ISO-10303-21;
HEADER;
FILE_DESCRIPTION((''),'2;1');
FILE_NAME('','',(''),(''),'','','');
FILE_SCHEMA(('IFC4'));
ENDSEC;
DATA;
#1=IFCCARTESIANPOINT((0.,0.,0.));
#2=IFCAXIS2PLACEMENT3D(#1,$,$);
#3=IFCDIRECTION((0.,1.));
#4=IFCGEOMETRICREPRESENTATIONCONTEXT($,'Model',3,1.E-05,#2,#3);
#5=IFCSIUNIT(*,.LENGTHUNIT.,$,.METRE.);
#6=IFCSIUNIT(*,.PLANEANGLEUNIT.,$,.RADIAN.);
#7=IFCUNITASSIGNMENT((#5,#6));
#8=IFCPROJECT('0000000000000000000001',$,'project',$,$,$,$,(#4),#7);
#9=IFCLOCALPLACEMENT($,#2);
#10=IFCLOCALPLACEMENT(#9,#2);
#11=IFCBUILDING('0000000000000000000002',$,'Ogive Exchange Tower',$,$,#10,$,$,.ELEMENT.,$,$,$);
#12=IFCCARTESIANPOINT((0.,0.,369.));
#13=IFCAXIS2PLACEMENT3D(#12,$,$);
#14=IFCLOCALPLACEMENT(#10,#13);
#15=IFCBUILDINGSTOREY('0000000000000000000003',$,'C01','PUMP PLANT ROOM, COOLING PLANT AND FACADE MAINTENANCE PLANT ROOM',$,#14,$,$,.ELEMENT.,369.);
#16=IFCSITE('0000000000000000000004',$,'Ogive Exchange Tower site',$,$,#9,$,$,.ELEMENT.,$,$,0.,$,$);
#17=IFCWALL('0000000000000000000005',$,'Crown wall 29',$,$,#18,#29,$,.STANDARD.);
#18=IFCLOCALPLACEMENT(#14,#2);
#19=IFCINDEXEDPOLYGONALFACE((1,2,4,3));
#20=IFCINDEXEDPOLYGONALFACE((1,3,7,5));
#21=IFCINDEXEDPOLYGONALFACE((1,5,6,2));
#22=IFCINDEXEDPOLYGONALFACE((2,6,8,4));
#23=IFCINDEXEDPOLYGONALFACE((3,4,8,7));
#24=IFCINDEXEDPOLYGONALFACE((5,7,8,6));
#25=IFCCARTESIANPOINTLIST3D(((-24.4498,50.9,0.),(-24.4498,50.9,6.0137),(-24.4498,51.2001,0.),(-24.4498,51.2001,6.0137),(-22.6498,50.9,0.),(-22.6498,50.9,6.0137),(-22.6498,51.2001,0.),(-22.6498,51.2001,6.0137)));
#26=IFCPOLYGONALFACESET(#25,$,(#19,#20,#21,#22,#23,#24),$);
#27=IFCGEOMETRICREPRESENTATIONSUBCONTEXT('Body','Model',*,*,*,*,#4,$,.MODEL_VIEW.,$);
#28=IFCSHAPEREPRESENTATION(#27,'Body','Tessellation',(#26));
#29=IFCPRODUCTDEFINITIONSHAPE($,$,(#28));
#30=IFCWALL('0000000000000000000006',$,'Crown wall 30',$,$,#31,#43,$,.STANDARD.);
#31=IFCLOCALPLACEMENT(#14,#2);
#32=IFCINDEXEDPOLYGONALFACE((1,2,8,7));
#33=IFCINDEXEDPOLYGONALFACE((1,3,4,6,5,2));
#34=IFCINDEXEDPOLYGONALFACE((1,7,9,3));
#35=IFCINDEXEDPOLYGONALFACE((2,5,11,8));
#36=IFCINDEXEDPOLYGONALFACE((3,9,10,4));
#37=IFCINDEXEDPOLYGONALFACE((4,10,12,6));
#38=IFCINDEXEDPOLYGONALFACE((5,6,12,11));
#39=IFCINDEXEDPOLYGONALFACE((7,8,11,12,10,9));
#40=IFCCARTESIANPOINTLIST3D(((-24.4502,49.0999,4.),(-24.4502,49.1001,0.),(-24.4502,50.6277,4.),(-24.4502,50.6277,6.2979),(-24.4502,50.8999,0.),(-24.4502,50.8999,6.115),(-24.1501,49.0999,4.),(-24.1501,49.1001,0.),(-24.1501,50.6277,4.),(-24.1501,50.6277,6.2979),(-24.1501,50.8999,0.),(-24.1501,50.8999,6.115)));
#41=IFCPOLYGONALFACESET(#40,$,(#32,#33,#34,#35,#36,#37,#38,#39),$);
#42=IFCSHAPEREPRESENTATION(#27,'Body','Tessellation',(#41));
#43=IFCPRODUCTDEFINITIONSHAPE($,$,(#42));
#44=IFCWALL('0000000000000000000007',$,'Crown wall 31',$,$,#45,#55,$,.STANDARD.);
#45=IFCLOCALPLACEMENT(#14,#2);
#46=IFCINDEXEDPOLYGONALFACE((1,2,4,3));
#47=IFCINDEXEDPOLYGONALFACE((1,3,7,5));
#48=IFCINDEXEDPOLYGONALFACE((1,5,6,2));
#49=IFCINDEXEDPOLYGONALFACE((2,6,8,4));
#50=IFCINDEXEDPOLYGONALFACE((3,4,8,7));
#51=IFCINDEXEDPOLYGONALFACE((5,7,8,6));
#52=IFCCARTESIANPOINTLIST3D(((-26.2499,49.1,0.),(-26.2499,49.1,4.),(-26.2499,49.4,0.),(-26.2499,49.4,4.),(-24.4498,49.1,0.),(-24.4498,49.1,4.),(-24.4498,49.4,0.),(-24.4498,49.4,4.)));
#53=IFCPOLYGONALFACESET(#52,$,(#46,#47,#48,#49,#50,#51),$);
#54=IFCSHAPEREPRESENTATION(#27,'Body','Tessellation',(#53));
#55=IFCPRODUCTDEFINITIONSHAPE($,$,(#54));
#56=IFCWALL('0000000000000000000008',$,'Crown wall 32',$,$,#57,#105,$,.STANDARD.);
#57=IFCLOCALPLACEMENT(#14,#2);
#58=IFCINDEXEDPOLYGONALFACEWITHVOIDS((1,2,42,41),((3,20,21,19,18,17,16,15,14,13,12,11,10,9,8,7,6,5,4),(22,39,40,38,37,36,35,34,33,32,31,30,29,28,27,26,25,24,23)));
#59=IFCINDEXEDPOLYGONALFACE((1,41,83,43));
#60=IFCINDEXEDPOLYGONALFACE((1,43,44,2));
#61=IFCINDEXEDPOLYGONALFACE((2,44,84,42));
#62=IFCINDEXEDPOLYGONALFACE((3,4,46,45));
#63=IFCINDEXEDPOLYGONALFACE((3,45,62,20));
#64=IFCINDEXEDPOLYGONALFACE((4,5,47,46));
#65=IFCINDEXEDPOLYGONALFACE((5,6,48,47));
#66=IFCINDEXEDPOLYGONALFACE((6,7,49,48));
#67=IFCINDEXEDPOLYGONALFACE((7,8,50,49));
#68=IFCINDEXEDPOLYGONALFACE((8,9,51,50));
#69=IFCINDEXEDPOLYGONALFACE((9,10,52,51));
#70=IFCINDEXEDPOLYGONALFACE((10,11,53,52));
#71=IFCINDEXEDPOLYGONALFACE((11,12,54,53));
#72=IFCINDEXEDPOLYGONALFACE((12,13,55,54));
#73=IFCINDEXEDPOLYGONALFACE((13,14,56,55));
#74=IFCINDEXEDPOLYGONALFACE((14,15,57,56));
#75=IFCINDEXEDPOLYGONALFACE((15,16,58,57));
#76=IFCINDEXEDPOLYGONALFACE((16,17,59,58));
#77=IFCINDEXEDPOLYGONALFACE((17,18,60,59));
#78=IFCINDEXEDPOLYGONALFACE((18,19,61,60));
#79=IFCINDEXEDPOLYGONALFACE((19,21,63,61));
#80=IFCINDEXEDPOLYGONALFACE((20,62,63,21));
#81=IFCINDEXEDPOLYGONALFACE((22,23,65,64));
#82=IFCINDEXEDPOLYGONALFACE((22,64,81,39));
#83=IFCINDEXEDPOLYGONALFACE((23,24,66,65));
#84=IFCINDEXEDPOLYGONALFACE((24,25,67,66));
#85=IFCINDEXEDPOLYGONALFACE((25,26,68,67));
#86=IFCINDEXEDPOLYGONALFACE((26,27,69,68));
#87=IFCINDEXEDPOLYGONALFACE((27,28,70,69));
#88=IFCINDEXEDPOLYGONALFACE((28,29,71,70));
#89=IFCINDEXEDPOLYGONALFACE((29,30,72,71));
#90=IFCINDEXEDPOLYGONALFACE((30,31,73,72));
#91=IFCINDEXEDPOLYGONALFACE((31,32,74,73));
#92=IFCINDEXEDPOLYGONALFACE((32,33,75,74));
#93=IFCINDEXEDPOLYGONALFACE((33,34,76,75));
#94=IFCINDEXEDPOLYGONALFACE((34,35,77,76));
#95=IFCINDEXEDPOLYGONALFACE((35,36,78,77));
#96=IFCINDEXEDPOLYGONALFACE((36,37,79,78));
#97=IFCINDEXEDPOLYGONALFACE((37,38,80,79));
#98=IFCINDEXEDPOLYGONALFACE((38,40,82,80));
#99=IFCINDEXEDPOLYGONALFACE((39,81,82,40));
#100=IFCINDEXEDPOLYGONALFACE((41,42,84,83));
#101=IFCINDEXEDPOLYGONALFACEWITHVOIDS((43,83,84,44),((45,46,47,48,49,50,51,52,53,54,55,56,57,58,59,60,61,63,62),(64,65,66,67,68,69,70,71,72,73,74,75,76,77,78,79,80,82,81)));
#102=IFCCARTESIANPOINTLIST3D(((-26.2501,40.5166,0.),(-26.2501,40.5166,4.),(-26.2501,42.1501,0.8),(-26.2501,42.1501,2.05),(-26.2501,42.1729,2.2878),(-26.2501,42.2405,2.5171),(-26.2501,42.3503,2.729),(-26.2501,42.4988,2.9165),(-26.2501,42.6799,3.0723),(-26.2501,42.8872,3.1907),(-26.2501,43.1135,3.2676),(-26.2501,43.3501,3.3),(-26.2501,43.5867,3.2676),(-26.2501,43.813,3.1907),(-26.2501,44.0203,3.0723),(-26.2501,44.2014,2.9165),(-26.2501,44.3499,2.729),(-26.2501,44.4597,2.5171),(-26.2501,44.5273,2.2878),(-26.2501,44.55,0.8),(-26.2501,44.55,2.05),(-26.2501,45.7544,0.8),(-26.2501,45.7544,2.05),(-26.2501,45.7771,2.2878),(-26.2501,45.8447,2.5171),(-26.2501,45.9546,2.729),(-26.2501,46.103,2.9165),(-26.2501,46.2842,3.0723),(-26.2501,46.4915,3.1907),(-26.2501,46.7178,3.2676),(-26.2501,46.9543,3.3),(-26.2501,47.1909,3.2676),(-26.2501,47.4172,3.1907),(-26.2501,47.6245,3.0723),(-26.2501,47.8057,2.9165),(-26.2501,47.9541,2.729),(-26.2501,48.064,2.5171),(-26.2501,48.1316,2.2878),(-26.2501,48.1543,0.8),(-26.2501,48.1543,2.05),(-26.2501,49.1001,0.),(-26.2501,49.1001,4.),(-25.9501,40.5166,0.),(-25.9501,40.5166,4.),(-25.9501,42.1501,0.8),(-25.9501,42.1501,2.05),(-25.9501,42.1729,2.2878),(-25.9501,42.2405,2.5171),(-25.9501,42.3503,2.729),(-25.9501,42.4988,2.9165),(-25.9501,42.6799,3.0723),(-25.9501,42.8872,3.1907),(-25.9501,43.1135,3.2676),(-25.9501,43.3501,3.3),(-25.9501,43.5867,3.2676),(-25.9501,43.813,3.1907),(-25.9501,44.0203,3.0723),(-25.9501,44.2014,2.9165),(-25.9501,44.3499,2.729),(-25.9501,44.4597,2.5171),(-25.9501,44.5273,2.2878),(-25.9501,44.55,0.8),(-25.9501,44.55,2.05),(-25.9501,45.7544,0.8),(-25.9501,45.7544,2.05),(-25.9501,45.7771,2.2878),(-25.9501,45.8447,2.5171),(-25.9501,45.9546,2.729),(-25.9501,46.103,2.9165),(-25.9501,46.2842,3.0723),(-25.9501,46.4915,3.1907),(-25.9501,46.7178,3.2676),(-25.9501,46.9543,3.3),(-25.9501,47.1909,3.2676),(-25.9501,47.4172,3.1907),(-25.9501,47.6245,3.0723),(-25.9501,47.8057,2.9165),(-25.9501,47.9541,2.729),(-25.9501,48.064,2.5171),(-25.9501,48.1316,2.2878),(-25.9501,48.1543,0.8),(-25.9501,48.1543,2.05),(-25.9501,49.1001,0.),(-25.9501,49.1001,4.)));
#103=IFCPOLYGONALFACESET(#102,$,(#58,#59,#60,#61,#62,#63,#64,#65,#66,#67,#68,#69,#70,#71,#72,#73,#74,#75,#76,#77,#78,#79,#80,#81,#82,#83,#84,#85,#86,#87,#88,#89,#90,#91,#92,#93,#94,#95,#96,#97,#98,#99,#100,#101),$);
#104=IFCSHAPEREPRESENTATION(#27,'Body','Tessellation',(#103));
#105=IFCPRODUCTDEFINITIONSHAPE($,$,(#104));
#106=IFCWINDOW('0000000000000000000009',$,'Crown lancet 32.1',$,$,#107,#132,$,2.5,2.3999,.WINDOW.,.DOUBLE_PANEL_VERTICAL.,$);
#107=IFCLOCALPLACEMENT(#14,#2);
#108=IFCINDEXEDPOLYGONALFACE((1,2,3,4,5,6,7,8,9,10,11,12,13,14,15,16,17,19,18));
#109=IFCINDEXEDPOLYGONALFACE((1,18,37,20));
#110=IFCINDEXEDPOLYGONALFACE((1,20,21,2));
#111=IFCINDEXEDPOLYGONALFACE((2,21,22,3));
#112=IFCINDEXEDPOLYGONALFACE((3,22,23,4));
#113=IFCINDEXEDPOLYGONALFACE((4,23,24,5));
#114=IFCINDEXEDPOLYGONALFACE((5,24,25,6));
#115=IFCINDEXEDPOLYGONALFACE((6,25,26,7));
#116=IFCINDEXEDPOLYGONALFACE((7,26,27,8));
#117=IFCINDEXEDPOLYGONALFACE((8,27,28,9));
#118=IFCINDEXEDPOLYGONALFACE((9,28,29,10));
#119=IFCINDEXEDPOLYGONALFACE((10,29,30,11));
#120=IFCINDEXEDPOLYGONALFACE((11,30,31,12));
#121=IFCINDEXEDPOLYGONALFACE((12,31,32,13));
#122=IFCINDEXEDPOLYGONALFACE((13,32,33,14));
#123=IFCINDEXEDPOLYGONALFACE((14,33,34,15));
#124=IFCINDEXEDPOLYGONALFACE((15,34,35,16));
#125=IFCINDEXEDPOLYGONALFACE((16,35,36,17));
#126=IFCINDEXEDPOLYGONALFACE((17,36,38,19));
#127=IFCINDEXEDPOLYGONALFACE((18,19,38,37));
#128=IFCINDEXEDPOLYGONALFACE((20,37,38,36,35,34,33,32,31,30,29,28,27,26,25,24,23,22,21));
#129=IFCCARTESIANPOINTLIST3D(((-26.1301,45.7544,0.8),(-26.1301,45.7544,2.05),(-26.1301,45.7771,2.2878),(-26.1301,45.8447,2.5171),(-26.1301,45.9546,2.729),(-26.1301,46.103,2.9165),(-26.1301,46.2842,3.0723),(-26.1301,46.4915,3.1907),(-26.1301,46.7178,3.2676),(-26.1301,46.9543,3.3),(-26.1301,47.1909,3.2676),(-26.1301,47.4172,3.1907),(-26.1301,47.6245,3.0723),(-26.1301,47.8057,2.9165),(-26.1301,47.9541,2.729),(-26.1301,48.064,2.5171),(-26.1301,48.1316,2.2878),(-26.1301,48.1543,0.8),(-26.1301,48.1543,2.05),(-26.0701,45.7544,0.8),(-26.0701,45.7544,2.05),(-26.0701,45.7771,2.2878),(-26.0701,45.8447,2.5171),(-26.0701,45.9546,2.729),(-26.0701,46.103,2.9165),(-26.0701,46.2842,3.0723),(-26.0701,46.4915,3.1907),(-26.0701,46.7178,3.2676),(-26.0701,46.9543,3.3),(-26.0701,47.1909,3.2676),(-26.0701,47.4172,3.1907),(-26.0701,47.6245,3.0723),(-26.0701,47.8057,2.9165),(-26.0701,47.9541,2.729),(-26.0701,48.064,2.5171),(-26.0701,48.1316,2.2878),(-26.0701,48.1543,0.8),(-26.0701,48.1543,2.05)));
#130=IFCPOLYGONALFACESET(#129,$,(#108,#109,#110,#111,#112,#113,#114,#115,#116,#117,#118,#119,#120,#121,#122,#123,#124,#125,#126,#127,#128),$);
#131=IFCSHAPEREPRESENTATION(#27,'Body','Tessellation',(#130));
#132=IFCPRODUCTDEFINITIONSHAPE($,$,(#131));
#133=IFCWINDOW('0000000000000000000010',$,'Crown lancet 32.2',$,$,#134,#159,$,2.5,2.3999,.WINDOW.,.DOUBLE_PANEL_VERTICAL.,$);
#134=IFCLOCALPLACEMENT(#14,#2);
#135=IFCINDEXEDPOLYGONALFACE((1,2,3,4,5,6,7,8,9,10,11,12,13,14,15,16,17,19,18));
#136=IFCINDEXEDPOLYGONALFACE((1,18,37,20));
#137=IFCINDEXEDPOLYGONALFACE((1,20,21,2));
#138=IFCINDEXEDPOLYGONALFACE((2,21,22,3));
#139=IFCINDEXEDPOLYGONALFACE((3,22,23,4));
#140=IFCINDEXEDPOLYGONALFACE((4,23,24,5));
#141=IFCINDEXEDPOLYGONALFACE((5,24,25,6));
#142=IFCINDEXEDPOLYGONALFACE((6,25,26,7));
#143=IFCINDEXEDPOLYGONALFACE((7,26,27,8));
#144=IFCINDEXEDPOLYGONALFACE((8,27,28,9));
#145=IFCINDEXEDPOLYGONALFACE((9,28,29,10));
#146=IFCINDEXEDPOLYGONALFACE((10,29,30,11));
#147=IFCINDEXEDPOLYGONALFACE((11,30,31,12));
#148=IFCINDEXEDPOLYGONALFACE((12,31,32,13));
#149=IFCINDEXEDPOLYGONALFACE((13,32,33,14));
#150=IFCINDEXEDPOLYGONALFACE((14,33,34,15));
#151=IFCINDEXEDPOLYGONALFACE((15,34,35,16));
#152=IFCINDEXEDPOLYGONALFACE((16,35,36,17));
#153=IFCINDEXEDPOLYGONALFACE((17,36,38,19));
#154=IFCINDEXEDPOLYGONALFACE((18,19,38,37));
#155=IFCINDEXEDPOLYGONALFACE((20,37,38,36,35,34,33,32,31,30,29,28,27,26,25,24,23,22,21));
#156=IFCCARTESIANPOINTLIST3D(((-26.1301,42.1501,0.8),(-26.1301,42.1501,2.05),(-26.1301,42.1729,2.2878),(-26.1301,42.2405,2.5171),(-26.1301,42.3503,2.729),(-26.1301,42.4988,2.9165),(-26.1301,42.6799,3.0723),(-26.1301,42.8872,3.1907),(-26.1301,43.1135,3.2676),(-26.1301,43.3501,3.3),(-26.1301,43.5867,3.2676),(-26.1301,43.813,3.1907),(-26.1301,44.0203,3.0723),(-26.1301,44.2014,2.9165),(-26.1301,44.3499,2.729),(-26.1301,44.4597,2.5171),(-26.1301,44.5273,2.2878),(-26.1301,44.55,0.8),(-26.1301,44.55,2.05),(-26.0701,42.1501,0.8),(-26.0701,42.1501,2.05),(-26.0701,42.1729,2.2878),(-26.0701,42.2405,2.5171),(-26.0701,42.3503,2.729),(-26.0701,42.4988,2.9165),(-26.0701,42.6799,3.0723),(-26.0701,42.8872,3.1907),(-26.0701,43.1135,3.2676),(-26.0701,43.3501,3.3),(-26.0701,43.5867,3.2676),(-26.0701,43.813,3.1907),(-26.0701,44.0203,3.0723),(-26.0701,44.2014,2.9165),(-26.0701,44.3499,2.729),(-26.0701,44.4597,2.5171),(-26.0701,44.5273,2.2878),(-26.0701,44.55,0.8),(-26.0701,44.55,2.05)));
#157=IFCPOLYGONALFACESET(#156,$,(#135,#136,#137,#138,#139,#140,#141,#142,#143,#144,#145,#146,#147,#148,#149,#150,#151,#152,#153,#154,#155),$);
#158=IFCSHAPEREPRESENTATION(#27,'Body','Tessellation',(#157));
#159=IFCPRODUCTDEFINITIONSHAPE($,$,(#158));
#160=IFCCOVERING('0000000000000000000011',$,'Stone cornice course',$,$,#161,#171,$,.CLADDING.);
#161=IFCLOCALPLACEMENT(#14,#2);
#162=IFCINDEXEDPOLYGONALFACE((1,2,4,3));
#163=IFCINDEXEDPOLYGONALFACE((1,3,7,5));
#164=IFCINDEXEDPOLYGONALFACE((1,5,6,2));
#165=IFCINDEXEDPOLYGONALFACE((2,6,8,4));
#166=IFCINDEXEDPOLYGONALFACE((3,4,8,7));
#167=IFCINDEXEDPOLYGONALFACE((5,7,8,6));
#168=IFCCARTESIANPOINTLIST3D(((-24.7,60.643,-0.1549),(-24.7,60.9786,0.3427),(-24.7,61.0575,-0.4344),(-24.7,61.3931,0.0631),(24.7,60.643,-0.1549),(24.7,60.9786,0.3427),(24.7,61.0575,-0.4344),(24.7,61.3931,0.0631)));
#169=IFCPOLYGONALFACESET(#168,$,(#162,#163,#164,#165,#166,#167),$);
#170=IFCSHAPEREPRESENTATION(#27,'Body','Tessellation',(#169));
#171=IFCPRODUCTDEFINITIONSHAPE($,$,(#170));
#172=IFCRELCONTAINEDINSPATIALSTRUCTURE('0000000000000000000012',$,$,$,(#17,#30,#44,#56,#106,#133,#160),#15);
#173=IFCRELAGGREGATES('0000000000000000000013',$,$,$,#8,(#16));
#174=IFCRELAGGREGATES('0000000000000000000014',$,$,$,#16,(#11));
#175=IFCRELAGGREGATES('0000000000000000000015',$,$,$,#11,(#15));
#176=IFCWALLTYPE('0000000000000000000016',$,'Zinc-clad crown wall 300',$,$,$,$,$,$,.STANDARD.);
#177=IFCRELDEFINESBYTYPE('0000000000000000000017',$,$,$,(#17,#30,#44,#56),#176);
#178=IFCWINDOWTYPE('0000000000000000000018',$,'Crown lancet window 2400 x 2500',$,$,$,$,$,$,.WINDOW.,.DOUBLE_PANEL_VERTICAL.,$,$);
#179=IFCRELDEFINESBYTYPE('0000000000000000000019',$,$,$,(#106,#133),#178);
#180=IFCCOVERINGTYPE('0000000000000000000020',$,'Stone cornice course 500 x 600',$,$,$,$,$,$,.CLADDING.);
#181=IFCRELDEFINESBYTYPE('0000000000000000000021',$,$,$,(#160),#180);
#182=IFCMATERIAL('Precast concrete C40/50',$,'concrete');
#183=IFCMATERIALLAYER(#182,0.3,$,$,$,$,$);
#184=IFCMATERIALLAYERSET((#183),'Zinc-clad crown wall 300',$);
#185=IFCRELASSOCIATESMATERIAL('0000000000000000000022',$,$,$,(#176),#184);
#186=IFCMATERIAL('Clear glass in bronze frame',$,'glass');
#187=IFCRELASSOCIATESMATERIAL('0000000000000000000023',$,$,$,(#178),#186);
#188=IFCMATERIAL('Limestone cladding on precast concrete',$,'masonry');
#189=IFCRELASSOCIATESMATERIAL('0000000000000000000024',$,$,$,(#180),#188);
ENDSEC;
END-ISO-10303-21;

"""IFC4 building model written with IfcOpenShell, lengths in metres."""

from ifc_helpers import new_model, si_unit, direction, frame, frame_2d, origin, origin_2d, place, context, subcontext, project, spatial, polyline, rectangle, outline, extrude, material, layer, layer_set, material_profile, profile_set, type_object, element, fill, save


model = new_model("IFC4")

# Units and contexts
model_context = context("Model", 3, precision=1e-05, world=origin(), true_north=direction((0.0, 1.0)))
body_context = subcontext(model_context, "Body", "Model", "MODEL_VIEW")
ifc_project = project(units=[si_unit("LENGTHUNIT", "METRE"), si_unit("PLANEANGLEUNIT", "RADIAN")], contexts=[model_context])

# Site, building, storey
site_placement = place(None, origin())
site = spatial("IfcSite", under=ifc_project, at=site_placement, Name="Ogive Exchange Tower site", CompositionType="ELEMENT", RefElevation=0.0)
building_placement = place(site_placement, origin())
building = spatial("IfcBuilding", under=site, at=building_placement, Name="Ogive Exchange Tower", CompositionType="ELEMENT")
storey_placement = place(building_placement, frame((0.0, 0.0, 369.0)))
storey = spatial("IfcBuildingStorey", under=building, at=storey_placement, Name="C01", Description="PUMP PLANT ROOM, COOLING PLANT AND FACADE MAINTENANCE PLANT ROOM", CompositionType="ELEMENT", Elevation=369.0)

# Shared definitions
ifc_material_1 = material(Name="Precast concrete C40/50", Category="concrete")

# Walls
ifc_layer_1 = layer(ifc_material_1, 0.3)
ifc_layer_set_1 = layer_set([ifc_layer_1], Name="Zinc-clad crown wall 300")
wall_type_1 = type_object("IfcWallType", Name="Zinc-clad crown wall 300", PredefinedType="STANDARD", material=ifc_layer_set_1)
wall_1_placement = place(storey_placement, frame((-22.6499, 51.05, 0.0), z_axis=(0.0, 0.0, 1.0), x_axis=(-1.0, 0.0, 0.0)))
element("IfcWall", 1, at=wall_1_placement, inside=storey, type_object=wall_type_1, Name="Crown wall 29", PredefinedType="STANDARD", context=body_context, shape_type="SweptSolid", body=[
    extrude(rectangle(XDim=1.8, YDim=0.3, at=frame_2d((0.8999, 0.0))), origin(), (0.0, 0.0, 1.0), 6.0137),
])
wall_2_placement = place(storey_placement, frame((-24.3, 50.8999, 0.0), z_axis=(0.0, 0.0, 1.0), x_axis=(0.0, -1.0, 0.0)))
element("IfcWall", 2, at=wall_2_placement, inside=storey, type_object=wall_type_1, Name="Crown wall 30", PredefinedType="STANDARD", context=body_context, shape_type="SweptSolid", body=[
    extrude(outline(polyline([(0.0, 0.0), (1.7998, 0.0), (1.8, 4.0), (0.2722, 4.0), (0.2722, 6.2979), (0.0, 6.115), (0.0, 0.0)])), frame((0.0, 0.1499, 0.0), z_axis=(0.0, -1.0, 0.0), x_axis=(1.0, 0.0, 0.0)), (0.0, 0.0, 1.0), 0.3),
])
wall_3_placement = place(storey_placement, frame((-24.45, 49.25, 0.0), z_axis=(0.0, 0.0, 1.0), x_axis=(-1.0, 0.0, 0.0)))
element("IfcWall", 3, at=wall_3_placement, inside=storey, type_object=wall_type_1, Name="Crown wall 31", PredefinedType="STANDARD", context=body_context, shape_type="SweptSolid", body=[
    extrude(rectangle(XDim=1.8, YDim=0.3, at=frame_2d((0.8999, 0.0))), origin(), (0.0, 0.0, 1.0), 4.0),
])

# Wall, openings, windows
wall_4_placement = place(storey_placement, frame((-26.1001, 49.1001, 0.0), z_axis=(0.0, 0.0, 1.0), x_axis=(0.0, -1.0, 0.0)))
wall_4 = element("IfcWall", 4, at=wall_4_placement, inside=storey, type_object=wall_type_1, Name="Crown wall 32", PredefinedType="STANDARD", context=body_context, shape_type="SweptSolid", body=[
    extrude(rectangle(XDim=8.5835, YDim=0.3, at=frame_2d((4.2917, 0.0))), origin(), (0.0, 0.0, 1.0), 4.0),
])
opening_1_placement = place(wall_4_placement, frame((0.9458, 0.0, 0.8)))
opening_1 = element("IfcOpeningElement", 5, at=opening_1_placement, cuts=wall_4, PredefinedType="OPENING", context=body_context, shape_type="SweptSolid", body=[
    extrude(outline(polyline([(0.0, 0.0), (2.3999, 0.0), (2.3999, 1.25), (2.3772, 1.4878), (2.3096, 1.717), (2.1997, 1.929), (2.0513, 2.1165), (1.8701, 2.2722), (1.6628, 2.3906), (1.4365, 2.4675), (1.2, 2.5), (0.9634, 2.4675), (0.7371, 2.3906), (0.5298, 2.2722), (0.3486, 2.1165), (0.2002, 1.929), (0.0903, 1.717), (0.0227, 1.4878), (0.0, 1.25), (0.0, 0.0)])), frame((0.0, 0.1599, 0.0), z_axis=(0.0, -1.0, 0.0), x_axis=(1.0, 0.0, 0.0)), (0.0, 0.0, 1.0), 0.3201),
])
opening_2_placement = place(wall_4_placement, frame((4.55, 0.0, 0.8)))
opening_2 = element("IfcOpeningElement", 6, at=opening_2_placement, cuts=wall_4, PredefinedType="OPENING", context=body_context, shape_type="SweptSolid", body=[
    extrude(outline(polyline([(0.0, 0.0), (2.3999, 0.0), (2.3999, 1.25), (2.3772, 1.4878), (2.3096, 1.717), (2.1997, 1.929), (2.0513, 2.1165), (1.8701, 2.2722), (1.6628, 2.3906), (1.4365, 2.4675), (1.2, 2.5), (0.9634, 2.4675), (0.7371, 2.3906), (0.5298, 2.2722), (0.3486, 2.1165), (0.2002, 1.929), (0.0903, 1.717), (0.0227, 1.4878), (0.0, 1.25), (0.0, 0.0)])), frame((0.0, 0.1599, 0.0), z_axis=(0.0, -1.0, 0.0), x_axis=(1.0, 0.0, 0.0)), (0.0, 0.0, 1.0), 0.3201),
])
ifc_material_2 = material(Name="Clear glass in bronze frame", Category="glass")
window_type = type_object("IfcWindowType", Name="Crown lancet window 2400 x 2500", PartitioningType="DOUBLE_PANEL_VERTICAL", PredefinedType="WINDOW", material=ifc_material_2)
window_1_placement = place(opening_1_placement, origin())
window_1 = element("IfcWindow", 7, at=window_1_placement, inside=storey, type_object=window_type, Name="Crown lancet 32.1", OverallHeight=2.5, OverallWidth=2.3999, PartitioningType="DOUBLE_PANEL_VERTICAL", PredefinedType="WINDOW", context=body_context, shape_type="SweptSolid", body=[
    extrude(outline(polyline([(0.0, 0.0), (2.3999, 0.0), (2.3999, 1.25), (2.3772, 1.4878), (2.3096, 1.717), (2.1997, 1.929), (2.0513, 2.1165), (1.8701, 2.2722), (1.6628, 2.3906), (1.4365, 2.4675), (1.2, 2.5), (0.9634, 2.4675), (0.7371, 2.3906), (0.5298, 2.2722), (0.3486, 2.1165), (0.2002, 1.929), (0.0903, 1.717), (0.0227, 1.4878), (0.0, 1.25), (0.0, 0.0)])), frame((0.0, 0.03, 0.0), z_axis=(0.0, -1.0, 0.0), x_axis=(1.0, 0.0, 0.0)), (0.0, 0.0, 1.0), 0.0601),
])
fill(opening_1, window_1)
window_2_placement = place(opening_2_placement, origin())
window_2 = element("IfcWindow", 8, at=window_2_placement, inside=storey, type_object=window_type, Name="Crown lancet 32.2", OverallHeight=2.5, OverallWidth=2.3999, PartitioningType="DOUBLE_PANEL_VERTICAL", PredefinedType="WINDOW", context=body_context, shape_type="SweptSolid", body=[
    extrude(outline(polyline([(0.0, 0.0), (2.3999, 0.0), (2.3999, 1.25), (2.3772, 1.4878), (2.3096, 1.717), (2.1997, 1.929), (2.0513, 2.1165), (1.8701, 2.2722), (1.6628, 2.3906), (1.4365, 2.4675), (1.2, 2.5), (0.9634, 2.4675), (0.7371, 2.3906), (0.5298, 2.2722), (0.3486, 2.1165), (0.2002, 1.929), (0.0903, 1.717), (0.0227, 1.4878), (0.0, 1.25), (0.0, 0.0)])), frame((0.0, 0.03, 0.0), z_axis=(0.0, -1.0, 0.0), x_axis=(1.0, 0.0, 0.0)), (0.0, 0.0, 1.0), 0.0601),
])
fill(opening_2, window_2)

# Covering
ifc_material_3 = material(Name="Limestone cladding on precast concrete", Category="masonry")
ifc_material_profile_1 = material_profile(ifc_material_3, rectangle(XDim=0.5, YDim=0.6001, at=origin_2d()), Name="CORNICE 500 x 600")
ifc_profile_set_1 = profile_set([ifc_material_profile_1], Name="Limestone cladding on precast concrete")
covering_type_1 = type_object("IfcCoveringType", Name="Stone cornice course 500 x 600", PredefinedType="CLADDING", material=ifc_profile_set_1)
covering_1_placement = place(storey_placement, frame((-24.7, 61.0181, -0.0459), z_axis=(1.0, 0.0, 0.0), x_axis=(0.0, 0.829038, -0.559193)))
element("IfcCovering", 9, at=covering_1_placement, inside=storey, type_object=covering_type_1, Name="Stone cornice course", PredefinedType="CLADDING", context=body_context, shape_type="SweptSolid", body=[
    extrude(rectangle(XDim=0.5, YDim=0.6001, at=origin_2d()), origin(), (0.0, 0.0, 1.0), 49.3999),
])

save(model, "model.ifc")
